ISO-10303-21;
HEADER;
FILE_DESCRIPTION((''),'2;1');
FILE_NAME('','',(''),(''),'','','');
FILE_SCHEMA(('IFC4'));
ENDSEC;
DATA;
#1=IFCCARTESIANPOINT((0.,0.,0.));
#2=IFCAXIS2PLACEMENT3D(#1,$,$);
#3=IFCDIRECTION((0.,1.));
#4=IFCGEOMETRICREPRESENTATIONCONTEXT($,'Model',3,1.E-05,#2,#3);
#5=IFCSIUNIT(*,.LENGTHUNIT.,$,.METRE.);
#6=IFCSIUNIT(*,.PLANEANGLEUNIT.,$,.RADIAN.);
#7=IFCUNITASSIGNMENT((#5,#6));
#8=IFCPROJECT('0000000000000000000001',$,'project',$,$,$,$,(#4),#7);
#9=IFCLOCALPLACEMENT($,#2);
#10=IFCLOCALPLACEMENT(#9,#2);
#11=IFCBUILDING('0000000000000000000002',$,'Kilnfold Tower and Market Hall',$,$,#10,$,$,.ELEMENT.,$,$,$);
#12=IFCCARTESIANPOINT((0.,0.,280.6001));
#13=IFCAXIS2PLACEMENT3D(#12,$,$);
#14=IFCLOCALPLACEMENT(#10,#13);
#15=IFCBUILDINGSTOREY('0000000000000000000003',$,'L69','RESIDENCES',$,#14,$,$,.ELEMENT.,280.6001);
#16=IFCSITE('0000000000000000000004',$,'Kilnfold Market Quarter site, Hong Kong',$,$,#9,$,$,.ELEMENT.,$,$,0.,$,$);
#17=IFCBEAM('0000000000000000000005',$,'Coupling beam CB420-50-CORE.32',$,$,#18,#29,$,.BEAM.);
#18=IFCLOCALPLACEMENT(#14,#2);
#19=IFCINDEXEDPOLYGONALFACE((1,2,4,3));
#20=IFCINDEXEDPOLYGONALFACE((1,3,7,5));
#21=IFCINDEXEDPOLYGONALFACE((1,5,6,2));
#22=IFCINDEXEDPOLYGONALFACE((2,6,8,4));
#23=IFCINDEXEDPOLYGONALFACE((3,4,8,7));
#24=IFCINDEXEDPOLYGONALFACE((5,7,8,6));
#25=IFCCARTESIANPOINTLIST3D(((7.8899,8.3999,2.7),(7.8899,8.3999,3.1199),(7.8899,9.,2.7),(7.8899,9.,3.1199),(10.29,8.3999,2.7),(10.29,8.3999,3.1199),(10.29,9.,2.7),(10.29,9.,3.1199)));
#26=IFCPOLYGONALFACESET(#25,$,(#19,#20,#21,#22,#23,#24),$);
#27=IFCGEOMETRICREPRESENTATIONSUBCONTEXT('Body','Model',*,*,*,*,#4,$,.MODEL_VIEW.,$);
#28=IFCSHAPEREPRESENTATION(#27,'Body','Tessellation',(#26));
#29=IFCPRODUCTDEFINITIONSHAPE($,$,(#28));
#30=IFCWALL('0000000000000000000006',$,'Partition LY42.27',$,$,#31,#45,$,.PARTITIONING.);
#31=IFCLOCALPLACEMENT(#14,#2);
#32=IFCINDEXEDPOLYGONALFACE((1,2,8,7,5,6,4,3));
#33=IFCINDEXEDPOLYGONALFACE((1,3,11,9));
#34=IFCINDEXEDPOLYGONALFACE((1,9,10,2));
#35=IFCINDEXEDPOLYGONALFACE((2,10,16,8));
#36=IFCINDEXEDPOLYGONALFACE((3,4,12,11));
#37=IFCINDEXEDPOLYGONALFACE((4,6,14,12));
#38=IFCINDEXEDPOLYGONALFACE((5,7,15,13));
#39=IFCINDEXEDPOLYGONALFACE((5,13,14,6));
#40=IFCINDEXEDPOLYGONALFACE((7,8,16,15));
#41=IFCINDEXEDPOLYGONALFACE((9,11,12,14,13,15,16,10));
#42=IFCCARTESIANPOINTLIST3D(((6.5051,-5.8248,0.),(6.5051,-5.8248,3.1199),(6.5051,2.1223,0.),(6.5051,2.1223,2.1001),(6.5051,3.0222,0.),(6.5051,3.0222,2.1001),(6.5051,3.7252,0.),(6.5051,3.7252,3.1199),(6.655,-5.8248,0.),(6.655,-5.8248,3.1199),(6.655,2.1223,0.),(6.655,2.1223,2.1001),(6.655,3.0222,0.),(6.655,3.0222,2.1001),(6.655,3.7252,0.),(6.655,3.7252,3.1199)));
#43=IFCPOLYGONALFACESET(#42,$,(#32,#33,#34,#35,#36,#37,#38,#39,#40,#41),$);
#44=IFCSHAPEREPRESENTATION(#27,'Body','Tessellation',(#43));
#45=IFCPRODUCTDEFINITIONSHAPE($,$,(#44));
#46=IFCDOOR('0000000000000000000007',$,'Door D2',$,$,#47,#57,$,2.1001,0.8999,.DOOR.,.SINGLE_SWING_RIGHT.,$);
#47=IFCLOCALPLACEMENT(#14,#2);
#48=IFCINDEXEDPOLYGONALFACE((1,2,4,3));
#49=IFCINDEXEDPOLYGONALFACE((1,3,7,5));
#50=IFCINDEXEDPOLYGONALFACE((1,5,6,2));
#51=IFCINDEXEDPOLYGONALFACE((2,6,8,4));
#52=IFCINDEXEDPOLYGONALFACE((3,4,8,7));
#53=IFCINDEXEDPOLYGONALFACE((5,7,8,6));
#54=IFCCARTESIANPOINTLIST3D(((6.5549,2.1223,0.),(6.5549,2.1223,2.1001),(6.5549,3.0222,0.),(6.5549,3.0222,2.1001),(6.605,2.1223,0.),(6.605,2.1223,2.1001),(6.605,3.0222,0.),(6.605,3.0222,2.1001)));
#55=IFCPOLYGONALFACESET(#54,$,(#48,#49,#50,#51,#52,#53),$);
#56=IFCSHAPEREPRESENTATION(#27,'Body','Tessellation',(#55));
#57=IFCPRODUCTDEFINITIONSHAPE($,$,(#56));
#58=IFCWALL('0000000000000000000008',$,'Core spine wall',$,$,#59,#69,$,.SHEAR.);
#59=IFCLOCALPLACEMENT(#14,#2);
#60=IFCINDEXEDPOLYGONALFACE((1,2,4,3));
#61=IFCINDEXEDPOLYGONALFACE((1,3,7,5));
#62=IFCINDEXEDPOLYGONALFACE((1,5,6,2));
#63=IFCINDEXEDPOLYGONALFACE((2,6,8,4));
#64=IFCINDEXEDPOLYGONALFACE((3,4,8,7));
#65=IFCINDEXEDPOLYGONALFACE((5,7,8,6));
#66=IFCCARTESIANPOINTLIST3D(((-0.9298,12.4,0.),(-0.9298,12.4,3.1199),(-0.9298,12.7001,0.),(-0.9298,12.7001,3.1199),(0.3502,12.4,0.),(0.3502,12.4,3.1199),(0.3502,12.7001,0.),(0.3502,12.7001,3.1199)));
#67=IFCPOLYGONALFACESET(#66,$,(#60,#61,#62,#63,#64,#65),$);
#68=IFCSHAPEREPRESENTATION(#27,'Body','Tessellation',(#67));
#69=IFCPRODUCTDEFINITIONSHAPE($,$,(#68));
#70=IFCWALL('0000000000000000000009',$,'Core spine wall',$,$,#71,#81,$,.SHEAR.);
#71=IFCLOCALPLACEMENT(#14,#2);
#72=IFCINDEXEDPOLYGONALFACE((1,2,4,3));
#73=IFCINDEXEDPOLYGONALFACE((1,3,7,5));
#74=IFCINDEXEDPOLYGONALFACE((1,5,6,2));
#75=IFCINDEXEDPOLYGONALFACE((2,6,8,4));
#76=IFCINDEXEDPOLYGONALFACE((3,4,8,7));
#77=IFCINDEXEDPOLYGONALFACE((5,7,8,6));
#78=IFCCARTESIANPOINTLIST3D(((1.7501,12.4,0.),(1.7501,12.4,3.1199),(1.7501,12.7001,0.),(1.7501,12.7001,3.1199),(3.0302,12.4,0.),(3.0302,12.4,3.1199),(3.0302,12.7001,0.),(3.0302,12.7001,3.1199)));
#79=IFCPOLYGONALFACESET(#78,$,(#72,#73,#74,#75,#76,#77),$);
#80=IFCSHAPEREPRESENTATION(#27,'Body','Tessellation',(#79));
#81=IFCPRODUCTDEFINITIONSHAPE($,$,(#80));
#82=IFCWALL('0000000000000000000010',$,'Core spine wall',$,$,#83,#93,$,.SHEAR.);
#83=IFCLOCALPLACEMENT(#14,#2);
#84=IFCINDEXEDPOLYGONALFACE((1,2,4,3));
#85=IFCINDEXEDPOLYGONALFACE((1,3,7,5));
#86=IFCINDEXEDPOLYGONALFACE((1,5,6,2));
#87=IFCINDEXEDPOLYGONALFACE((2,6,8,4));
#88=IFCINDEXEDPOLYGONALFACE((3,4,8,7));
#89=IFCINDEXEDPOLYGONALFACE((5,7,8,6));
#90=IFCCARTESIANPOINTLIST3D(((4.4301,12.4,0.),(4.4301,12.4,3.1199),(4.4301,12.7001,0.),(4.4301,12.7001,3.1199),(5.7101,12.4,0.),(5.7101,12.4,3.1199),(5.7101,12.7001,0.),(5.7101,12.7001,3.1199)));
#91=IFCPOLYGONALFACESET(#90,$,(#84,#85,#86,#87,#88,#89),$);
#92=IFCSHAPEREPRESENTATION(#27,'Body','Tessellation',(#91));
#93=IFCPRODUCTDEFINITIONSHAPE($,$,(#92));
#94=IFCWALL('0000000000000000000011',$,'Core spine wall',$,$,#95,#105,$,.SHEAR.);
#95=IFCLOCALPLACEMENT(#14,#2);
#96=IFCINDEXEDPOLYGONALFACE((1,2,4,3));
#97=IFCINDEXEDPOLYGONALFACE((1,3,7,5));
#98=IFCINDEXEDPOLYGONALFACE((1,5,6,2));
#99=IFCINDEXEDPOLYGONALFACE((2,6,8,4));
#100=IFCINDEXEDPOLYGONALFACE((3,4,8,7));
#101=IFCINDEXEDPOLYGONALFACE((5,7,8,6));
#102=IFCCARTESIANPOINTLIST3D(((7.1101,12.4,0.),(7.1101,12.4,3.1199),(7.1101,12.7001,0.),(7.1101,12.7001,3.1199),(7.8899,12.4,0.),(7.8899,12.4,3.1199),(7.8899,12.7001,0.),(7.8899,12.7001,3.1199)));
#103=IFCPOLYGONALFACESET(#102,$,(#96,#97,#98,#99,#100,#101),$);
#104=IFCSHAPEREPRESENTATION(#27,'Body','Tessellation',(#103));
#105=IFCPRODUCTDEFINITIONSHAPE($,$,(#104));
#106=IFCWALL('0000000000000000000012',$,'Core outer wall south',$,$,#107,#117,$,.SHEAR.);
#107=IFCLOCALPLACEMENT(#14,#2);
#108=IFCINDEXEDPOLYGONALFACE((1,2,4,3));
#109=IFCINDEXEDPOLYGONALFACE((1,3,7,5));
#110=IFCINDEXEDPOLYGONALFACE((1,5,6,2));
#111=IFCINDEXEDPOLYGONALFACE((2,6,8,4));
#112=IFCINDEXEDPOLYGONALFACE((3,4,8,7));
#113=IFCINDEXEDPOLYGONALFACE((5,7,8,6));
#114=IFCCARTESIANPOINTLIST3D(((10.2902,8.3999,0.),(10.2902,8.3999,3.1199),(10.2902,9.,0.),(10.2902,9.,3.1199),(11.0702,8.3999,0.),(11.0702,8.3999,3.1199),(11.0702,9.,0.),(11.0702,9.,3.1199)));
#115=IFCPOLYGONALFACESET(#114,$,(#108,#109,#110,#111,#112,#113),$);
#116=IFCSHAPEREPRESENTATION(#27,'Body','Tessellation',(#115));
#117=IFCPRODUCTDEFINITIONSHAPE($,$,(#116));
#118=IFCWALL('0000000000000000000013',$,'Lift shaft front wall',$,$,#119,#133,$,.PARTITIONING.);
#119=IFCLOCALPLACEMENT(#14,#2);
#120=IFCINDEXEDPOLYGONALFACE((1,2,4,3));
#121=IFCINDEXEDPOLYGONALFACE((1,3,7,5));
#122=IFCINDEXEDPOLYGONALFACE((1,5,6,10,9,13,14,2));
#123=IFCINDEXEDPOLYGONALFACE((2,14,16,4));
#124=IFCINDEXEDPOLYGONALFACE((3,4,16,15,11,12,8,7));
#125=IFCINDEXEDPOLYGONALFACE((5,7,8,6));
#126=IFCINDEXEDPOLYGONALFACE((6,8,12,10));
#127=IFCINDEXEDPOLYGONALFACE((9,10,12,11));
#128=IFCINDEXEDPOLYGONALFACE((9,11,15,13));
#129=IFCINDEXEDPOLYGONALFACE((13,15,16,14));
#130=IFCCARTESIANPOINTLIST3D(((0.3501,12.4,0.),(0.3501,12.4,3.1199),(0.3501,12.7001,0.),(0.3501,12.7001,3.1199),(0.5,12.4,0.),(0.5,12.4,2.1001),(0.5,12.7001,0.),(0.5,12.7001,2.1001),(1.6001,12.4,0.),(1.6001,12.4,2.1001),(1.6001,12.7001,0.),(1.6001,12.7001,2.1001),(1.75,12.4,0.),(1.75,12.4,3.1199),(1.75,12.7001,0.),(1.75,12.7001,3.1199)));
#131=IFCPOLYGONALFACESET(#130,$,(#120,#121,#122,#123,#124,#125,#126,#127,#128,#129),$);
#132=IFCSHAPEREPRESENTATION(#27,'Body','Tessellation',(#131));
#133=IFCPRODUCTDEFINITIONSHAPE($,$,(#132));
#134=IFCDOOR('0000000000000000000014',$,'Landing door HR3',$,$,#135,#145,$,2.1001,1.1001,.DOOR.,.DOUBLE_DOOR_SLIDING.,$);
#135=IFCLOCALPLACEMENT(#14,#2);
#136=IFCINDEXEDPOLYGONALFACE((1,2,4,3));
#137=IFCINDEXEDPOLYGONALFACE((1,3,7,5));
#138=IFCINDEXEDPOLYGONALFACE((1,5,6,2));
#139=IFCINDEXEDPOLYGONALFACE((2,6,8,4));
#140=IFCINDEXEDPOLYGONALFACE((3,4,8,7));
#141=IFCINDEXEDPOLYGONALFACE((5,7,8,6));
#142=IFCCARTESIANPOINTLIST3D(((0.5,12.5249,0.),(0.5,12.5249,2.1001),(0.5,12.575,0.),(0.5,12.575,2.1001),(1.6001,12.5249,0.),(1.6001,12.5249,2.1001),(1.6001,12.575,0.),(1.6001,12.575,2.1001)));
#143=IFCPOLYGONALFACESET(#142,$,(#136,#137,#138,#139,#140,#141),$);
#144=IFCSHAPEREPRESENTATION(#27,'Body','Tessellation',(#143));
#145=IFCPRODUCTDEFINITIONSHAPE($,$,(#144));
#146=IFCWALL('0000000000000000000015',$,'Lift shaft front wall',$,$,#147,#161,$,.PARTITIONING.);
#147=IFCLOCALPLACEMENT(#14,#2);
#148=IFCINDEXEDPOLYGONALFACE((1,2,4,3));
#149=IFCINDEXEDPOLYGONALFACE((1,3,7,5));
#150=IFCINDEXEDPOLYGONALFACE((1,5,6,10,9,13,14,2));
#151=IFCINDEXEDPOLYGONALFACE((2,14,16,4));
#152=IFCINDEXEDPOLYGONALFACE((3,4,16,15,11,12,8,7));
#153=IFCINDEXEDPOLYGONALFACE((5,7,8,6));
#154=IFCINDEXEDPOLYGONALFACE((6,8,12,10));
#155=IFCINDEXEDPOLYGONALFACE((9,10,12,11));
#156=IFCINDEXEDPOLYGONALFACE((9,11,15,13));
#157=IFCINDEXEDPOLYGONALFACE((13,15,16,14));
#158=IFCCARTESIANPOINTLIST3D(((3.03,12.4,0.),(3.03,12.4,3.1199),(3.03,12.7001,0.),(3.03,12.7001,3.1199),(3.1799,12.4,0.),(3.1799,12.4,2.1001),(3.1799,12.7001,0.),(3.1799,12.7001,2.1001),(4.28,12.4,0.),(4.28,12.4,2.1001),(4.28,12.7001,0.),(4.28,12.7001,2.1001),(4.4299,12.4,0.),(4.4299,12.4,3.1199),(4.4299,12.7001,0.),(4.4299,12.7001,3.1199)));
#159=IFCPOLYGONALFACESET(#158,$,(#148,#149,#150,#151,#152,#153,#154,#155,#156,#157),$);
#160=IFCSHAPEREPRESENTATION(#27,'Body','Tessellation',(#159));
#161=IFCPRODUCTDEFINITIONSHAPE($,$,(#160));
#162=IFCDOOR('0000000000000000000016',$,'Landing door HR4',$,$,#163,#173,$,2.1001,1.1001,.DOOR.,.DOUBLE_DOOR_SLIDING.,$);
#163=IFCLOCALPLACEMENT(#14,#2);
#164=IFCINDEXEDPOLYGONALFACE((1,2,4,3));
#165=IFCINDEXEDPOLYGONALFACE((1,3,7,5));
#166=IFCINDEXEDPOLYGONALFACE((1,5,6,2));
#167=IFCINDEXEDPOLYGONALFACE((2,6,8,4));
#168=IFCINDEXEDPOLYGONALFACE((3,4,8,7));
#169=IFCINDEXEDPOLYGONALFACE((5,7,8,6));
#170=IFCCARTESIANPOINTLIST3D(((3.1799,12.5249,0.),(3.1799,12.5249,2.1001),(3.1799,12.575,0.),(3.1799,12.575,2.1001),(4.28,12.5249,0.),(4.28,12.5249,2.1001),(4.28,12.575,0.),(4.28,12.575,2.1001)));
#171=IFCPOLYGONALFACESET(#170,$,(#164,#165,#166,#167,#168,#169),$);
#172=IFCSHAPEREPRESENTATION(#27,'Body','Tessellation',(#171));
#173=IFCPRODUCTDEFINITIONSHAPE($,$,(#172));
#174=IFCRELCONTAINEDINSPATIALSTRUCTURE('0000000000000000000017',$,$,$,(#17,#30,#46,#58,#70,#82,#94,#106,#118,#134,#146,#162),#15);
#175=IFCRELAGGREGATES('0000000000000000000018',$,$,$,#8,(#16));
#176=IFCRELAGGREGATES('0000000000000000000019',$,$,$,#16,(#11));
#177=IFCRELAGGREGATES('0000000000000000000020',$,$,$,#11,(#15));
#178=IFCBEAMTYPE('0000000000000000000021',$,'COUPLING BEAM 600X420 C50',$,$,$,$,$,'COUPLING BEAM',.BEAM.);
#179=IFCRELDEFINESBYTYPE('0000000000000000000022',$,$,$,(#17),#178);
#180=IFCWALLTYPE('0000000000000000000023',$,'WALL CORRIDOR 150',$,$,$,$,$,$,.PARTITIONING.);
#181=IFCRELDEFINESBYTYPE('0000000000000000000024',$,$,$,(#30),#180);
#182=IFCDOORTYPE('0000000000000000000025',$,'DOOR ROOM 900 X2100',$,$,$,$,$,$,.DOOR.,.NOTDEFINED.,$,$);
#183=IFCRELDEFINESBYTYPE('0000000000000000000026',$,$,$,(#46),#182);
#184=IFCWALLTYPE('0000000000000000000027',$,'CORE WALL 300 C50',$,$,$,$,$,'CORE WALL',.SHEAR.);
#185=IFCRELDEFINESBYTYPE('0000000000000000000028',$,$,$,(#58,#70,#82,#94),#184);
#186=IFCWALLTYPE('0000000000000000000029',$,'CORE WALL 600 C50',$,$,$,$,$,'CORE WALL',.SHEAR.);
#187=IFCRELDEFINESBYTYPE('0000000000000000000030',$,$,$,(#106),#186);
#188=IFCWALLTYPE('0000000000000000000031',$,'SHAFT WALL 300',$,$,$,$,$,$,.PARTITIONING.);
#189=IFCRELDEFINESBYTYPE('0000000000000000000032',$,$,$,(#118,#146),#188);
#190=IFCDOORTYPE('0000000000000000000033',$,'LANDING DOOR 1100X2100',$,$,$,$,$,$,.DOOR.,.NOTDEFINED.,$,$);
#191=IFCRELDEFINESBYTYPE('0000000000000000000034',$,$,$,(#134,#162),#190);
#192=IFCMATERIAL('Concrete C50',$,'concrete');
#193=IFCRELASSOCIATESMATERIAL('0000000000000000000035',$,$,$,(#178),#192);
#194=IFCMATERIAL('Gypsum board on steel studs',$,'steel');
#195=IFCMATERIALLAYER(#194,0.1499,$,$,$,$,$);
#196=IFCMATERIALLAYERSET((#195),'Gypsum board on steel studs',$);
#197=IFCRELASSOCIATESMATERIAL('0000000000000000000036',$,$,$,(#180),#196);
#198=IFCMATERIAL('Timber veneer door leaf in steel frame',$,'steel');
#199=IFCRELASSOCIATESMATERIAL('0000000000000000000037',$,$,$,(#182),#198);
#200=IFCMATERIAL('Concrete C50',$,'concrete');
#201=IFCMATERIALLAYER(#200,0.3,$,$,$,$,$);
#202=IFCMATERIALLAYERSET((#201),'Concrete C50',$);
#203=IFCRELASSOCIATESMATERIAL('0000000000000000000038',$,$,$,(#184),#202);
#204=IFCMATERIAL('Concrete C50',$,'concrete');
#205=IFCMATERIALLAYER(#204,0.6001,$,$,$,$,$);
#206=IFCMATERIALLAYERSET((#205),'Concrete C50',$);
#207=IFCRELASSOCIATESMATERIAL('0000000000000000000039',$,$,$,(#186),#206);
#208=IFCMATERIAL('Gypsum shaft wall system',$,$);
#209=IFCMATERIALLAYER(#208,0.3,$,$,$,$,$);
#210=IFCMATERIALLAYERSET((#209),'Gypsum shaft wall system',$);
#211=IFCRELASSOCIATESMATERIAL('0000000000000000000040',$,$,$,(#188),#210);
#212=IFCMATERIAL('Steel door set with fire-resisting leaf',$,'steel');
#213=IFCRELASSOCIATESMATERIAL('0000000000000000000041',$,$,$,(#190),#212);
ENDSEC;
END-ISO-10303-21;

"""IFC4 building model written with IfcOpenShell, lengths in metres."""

from ifc_helpers import new_model, si_unit, direction, frame, frame_2d, origin, origin_2d, place, context, subcontext, project, spatial, rectangle, extrude, source, transform, mapped, material, layer, layer_set, material_profile, profile_set, type_object, element, fill, save


model = new_model("IFC4")

# Units and contexts
model_context = context("Model", 3, precision=1e-05, world=origin(), true_north=direction((0.0, 1.0)))
body_context = subcontext(model_context, "Body", "Model", "MODEL_VIEW")
ifc_project = project(units=[si_unit("LENGTHUNIT", "METRE"), si_unit("PLANEANGLEUNIT", "RADIAN")], contexts=[model_context])

# Site, building, storey
site_placement = place(None, origin())
site = spatial("IfcSite", under=ifc_project, at=site_placement, Name="Kilnfold Market Quarter site, Hong Kong", CompositionType="ELEMENT", RefElevation=0.0)
building_placement = place(site_placement, origin())
building = spatial("IfcBuilding", under=site, at=building_placement, Name="Kilnfold Tower and Market Hall", CompositionType="ELEMENT")
storey_placement = place(building_placement, frame((0.0, 0.0, 280.6001)))
storey = spatial("IfcBuildingStorey", under=building, at=storey_placement, Name="L69", Description="RESIDENCES", CompositionType="ELEMENT", Elevation=280.6001)

# Beam
ifc_material_1 = material(Name="Concrete C50", Category="concrete")
ifc_material_profile = material_profile(ifc_material_1, rectangle(XDim=0.6001, YDim=0.4199, at=origin_2d()), Name="RC 600x420")
ifc_profile_set = profile_set([ifc_material_profile], Name="Concrete C50")
beam_type = type_object("IfcBeamType", Name="COUPLING BEAM 600X420 C50", ElementType="COUPLING BEAM", PredefinedType="BEAM", material=ifc_profile_set)
shared_shape_1 = source(origin(), body_context, "Body", "SweptSolid", [
    extrude(rectangle(XDim=0.6001, YDim=0.4199, at=origin_2d()), origin(), (0.0, 0.0, 1.0), 2.4001),
])
beam_placement = place(storey_placement, frame((7.8899, 8.7, 2.9099), z_axis=(1.0, 0.0, 0.0), x_axis=(0.0, 1.0, 0.0)))
element("IfcBeam", 1, at=beam_placement, inside=storey, type_object=beam_type, Name="Coupling beam CB420-50-CORE.32", PredefinedType="BEAM", context=body_context, shape_type="MappedRepresentation", body=[
    mapped(shared_shape_1, transform((0.0, 0.0, 0.0))),
])

# Wall, opening, door
ifc_material_2 = material(Name="Gypsum board on steel studs", Category="steel")
ifc_layer_1 = layer(ifc_material_2, 0.1499)
ifc_layer_set_1 = layer_set([ifc_layer_1], Name="Gypsum board on steel studs")
wall_type_1 = type_object("IfcWallType", Name="WALL CORRIDOR 150", PredefinedType="PARTITIONING", material=ifc_layer_set_1)
wall_1_placement = place(storey_placement, frame((6.5801, 3.7251, 0.0), z_axis=(0.0, 0.0, 1.0), x_axis=(0.0, -1.0, 0.0)))
wall_1 = element("IfcWall", 2, at=wall_1_placement, inside=storey, type_object=wall_type_1, Name="Partition LY42.27", PredefinedType="PARTITIONING", context=body_context, shape_type="SweptSolid", body=[
    extrude(rectangle(XDim=9.55, YDim=0.1499, at=frame_2d((4.7749, 0.0))), origin(), (0.0, 0.0, 1.0), 3.1199),
])
opening_1_placement = place(wall_1_placement, frame((0.7029, 0.0, 0.0)))
opening_1 = element("IfcOpeningElement", 3, at=opening_1_placement, cuts=wall_1, PredefinedType="OPENING", context=body_context, shape_type="SweptSolid", body=[
    extrude(rectangle(XDim=0.8999, YDim=2.1001, at=frame_2d((0.45, 1.05))), frame((0.0, 0.085, 0.0), z_axis=(0.0, -1.0, 0.0), x_axis=(1.0, 0.0, 0.0)), (0.0, 0.0, 1.0), 0.1699),
])
ifc_material_3 = material(Name="Timber veneer door leaf in steel frame", Category="steel")
door_type_1 = type_object("IfcDoorType", Name="DOOR ROOM 900 X2100", OperationType="NOTDEFINED", PredefinedType="DOOR", material=ifc_material_3)
door_1_placement = place(opening_1_placement, origin())
door_1 = element("IfcDoor", 4, at=door_1_placement, inside=storey, type_object=door_type_1, Name="Door D2", OperationType="SINGLE_SWING_RIGHT", OverallHeight=2.1001, OverallWidth=0.8999, PredefinedType="DOOR", context=body_context, shape_type="SweptSolid", body=[
    extrude(rectangle(XDim=0.8999, YDim=2.1001, at=frame_2d((0.45, 1.05))), frame((0.0, 0.0249, 0.0), z_axis=(0.0, -1.0, 0.0), x_axis=(1.0, 0.0, 0.0)), (0.0, 0.0, 1.0), 0.05),
])
fill(opening_1, door_1)

# Walls
ifc_material_4 = material(Name="Concrete C50", Category="concrete")
ifc_layer_2 = layer(ifc_material_4, 0.3)
ifc_layer_set_2 = layer_set([ifc_layer_2], Name="Concrete C50")
wall_type_2 = type_object("IfcWallType", Name="CORE WALL 300 C50", ElementType="CORE WALL", PredefinedType="SHEAR", material=ifc_layer_set_2)
shared_shape_2 = source(origin(), body_context, "Body", "SweptSolid", [
    extrude(rectangle(XDim=1.28, YDim=0.3, at=frame_2d((0.6401, 0.0))), origin(), (0.0, 0.0, 1.0), 3.1199),
])
for number, where, z_axis, x_axis, name in (
    (5, (-0.9299, 12.55, 0.0), (0.0, 0.0, 1.0), (1.0, 0.0, 0.0), "Core spine wall"),
    (6, (1.75, 12.55, 0.0), (0.0, 0.0, 1.0), (1.0, 0.0, 0.0), "Core spine wall"),
    (7, (4.4299, 12.55, 0.0), (0.0, 0.0, 1.0), (1.0, 0.0, 0.0), "Core spine wall"),
):
    element("IfcWall", number, at=place(storey_placement, frame(where, z_axis=z_axis, x_axis=x_axis)), inside=storey, type_object=wall_type_2, Name=name, PredefinedType="SHEAR", context=body_context, shape_type="MappedRepresentation", body=[
        mapped(shared_shape_2, transform((0.0, 0.0, 0.0))),
    ])
shared_shape_3 = source(origin(), body_context, "Body", "SweptSolid", [
    extrude(rectangle(XDim=0.7798, YDim=0.3, at=frame_2d((0.3899, 0.0))), origin(), (0.0, 0.0, 1.0), 3.1199),
])
wall_2_placement = place(storey_placement, frame((7.1101, 12.55, 0.0), z_axis=(0.0, 0.0, 1.0), x_axis=(1.0, 0.0, 0.0)))
element("IfcWall", 8, at=wall_2_placement, inside=storey, type_object=wall_type_2, Name="Core spine wall", PredefinedType="SHEAR", context=body_context, shape_type="MappedRepresentation", body=[
    mapped(shared_shape_3, transform((0.0, 0.0, 0.0))),
])
ifc_material_5 = material(Name="Concrete C50", Category="concrete")
ifc_layer_3 = layer(ifc_material_5, 0.6001)
ifc_layer_set_3 = layer_set([ifc_layer_3], Name="Concrete C50")
wall_type_3 = type_object("IfcWallType", Name="CORE WALL 600 C50", ElementType="CORE WALL", PredefinedType="SHEAR", material=ifc_layer_set_3)
shared_shape_4 = source(origin(), body_context, "Body", "SweptSolid", [
    extrude(rectangle(XDim=0.78, YDim=0.6001, at=frame_2d((0.3901, 0.0))), origin(), (0.0, 0.0, 1.0), 3.1199),
])
wall_3_placement = place(storey_placement, frame((10.29, 8.7, 0.0), z_axis=(0.0, 0.0, 1.0), x_axis=(1.0, 0.0, 0.0)))
element("IfcWall", 9, at=wall_3_placement, inside=storey, type_object=wall_type_3, Name="Core outer wall south", PredefinedType="SHEAR", context=body_context, shape_type="MappedRepresentation", body=[
    mapped(shared_shape_4, transform((0.0, 0.0, 0.0))),
])

# Walls, openings, doors
ifc_material_6 = material(Name="Gypsum shaft wall system")
ifc_layer_4 = layer(ifc_material_6, 0.3)
ifc_layer_set_4 = layer_set([ifc_layer_4], Name="Gypsum shaft wall system")
wall_type_4 = type_object("IfcWallType", Name="SHAFT WALL 300", PredefinedType="PARTITIONING", material=ifc_layer_set_4)
shared_shape_5 = source(origin(), body_context, "Body", "SweptSolid", [
    extrude(rectangle(XDim=1.3999, YDim=0.3, at=frame_2d((0.7, 0.0))), origin(), (0.0, 0.0, 1.0), 3.1199),
])
wall_4_placement = place(storey_placement, frame((0.3501, 12.55, 0.0), z_axis=(0.0, 0.0, 1.0), x_axis=(1.0, 0.0, 0.0)))
wall_4 = element("IfcWall", 10, at=wall_4_placement, inside=storey, type_object=wall_type_4, Name="Lift shaft front wall", PredefinedType="PARTITIONING", context=body_context, shape_type="MappedRepresentation", body=[
    mapped(shared_shape_5, transform((0.0, 0.0, 0.0))),
])
opening_2_placement = place(wall_4_placement, frame((0.1499, 0.0, 0.0)))
opening_2 = element("IfcOpeningElement", 11, at=opening_2_placement, cuts=wall_4, PredefinedType="OPENING", context=body_context, shape_type="SweptSolid", body=[
    extrude(rectangle(XDim=1.1001, YDim=2.1001, at=frame_2d((0.55, 1.05))), frame((0.0, 0.1602, 0.0), z_axis=(0.0, -1.0, 0.0), x_axis=(1.0, 0.0, 0.0)), (0.0, 0.0, 1.0), 0.3201),
])
ifc_material_7 = material(Name="Steel door set with fire-resisting leaf", Category="steel")
door_type_2 = type_object("IfcDoorType", Name="LANDING DOOR 1100X2100", OperationType="NOTDEFINED", PredefinedType="DOOR", material=ifc_material_7)
door_2_placement = place(opening_2_placement, origin())
door_2 = element("IfcDoor", 12, at=door_2_placement, inside=storey, type_object=door_type_2, Name="Landing door HR3", OperationType="DOUBLE_DOOR_SLIDING", OverallHeight=2.1001, OverallWidth=1.1001, PredefinedType="DOOR", context=body_context, shape_type="SweptSolid", body=[
    extrude(rectangle(XDim=1.1001, YDim=2.1001, at=frame_2d((0.55, 1.05))), frame((0.0, 0.0249, 0.0), z_axis=(0.0, -1.0, 0.0), x_axis=(1.0, 0.0, 0.0)), (0.0, 0.0, 1.0), 0.05),
])
fill(opening_2, door_2)
wall_5_placement = place(storey_placement, frame((3.03, 12.55, 0.0), z_axis=(0.0, 0.0, 1.0), x_axis=(1.0, 0.0, 0.0)))
wall_5 = element("IfcWall", 13, at=wall_5_placement, inside=storey, type_object=wall_type_4, Name="Lift shaft front wall", PredefinedType="PARTITIONING", context=body_context, shape_type="MappedRepresentation", body=[
    mapped(shared_shape_5, transform((0.0, 0.0, 0.0))),
])
opening_3_placement = place(wall_5_placement, frame((0.1499, 0.0, 0.0)))
opening_3 = element("IfcOpeningElement", 14, at=opening_3_placement, cuts=wall_5, PredefinedType="OPENING", context=body_context, shape_type="SweptSolid", body=[
    extrude(rectangle(XDim=1.1001, YDim=2.1001, at=frame_2d((0.55, 1.05))), frame((0.0, 0.1602, 0.0), z_axis=(0.0, -1.0, 0.0), x_axis=(1.0, 0.0, 0.0)), (0.0, 0.0, 1.0), 0.3201),
])
door_3_placement = place(opening_3_placement, origin())
door_3 = element("IfcDoor", 15, at=door_3_placement, inside=storey, type_object=door_type_2, Name="Landing door HR4", OperationType="DOUBLE_DOOR_SLIDING", OverallHeight=2.1001, OverallWidth=1.1001, PredefinedType="DOOR", context=body_context, shape_type="SweptSolid", body=[
    extrude(rectangle(XDim=1.1001, YDim=2.1001, at=frame_2d((0.55, 1.05))), frame((0.0, 0.0249, 0.0), z_axis=(0.0, -1.0, 0.0), x_axis=(1.0, 0.0, 0.0)), (0.0, 0.0, 1.0), 0.05),
])
fill(opening_3, door_3)

save(model, "model.ifc")
